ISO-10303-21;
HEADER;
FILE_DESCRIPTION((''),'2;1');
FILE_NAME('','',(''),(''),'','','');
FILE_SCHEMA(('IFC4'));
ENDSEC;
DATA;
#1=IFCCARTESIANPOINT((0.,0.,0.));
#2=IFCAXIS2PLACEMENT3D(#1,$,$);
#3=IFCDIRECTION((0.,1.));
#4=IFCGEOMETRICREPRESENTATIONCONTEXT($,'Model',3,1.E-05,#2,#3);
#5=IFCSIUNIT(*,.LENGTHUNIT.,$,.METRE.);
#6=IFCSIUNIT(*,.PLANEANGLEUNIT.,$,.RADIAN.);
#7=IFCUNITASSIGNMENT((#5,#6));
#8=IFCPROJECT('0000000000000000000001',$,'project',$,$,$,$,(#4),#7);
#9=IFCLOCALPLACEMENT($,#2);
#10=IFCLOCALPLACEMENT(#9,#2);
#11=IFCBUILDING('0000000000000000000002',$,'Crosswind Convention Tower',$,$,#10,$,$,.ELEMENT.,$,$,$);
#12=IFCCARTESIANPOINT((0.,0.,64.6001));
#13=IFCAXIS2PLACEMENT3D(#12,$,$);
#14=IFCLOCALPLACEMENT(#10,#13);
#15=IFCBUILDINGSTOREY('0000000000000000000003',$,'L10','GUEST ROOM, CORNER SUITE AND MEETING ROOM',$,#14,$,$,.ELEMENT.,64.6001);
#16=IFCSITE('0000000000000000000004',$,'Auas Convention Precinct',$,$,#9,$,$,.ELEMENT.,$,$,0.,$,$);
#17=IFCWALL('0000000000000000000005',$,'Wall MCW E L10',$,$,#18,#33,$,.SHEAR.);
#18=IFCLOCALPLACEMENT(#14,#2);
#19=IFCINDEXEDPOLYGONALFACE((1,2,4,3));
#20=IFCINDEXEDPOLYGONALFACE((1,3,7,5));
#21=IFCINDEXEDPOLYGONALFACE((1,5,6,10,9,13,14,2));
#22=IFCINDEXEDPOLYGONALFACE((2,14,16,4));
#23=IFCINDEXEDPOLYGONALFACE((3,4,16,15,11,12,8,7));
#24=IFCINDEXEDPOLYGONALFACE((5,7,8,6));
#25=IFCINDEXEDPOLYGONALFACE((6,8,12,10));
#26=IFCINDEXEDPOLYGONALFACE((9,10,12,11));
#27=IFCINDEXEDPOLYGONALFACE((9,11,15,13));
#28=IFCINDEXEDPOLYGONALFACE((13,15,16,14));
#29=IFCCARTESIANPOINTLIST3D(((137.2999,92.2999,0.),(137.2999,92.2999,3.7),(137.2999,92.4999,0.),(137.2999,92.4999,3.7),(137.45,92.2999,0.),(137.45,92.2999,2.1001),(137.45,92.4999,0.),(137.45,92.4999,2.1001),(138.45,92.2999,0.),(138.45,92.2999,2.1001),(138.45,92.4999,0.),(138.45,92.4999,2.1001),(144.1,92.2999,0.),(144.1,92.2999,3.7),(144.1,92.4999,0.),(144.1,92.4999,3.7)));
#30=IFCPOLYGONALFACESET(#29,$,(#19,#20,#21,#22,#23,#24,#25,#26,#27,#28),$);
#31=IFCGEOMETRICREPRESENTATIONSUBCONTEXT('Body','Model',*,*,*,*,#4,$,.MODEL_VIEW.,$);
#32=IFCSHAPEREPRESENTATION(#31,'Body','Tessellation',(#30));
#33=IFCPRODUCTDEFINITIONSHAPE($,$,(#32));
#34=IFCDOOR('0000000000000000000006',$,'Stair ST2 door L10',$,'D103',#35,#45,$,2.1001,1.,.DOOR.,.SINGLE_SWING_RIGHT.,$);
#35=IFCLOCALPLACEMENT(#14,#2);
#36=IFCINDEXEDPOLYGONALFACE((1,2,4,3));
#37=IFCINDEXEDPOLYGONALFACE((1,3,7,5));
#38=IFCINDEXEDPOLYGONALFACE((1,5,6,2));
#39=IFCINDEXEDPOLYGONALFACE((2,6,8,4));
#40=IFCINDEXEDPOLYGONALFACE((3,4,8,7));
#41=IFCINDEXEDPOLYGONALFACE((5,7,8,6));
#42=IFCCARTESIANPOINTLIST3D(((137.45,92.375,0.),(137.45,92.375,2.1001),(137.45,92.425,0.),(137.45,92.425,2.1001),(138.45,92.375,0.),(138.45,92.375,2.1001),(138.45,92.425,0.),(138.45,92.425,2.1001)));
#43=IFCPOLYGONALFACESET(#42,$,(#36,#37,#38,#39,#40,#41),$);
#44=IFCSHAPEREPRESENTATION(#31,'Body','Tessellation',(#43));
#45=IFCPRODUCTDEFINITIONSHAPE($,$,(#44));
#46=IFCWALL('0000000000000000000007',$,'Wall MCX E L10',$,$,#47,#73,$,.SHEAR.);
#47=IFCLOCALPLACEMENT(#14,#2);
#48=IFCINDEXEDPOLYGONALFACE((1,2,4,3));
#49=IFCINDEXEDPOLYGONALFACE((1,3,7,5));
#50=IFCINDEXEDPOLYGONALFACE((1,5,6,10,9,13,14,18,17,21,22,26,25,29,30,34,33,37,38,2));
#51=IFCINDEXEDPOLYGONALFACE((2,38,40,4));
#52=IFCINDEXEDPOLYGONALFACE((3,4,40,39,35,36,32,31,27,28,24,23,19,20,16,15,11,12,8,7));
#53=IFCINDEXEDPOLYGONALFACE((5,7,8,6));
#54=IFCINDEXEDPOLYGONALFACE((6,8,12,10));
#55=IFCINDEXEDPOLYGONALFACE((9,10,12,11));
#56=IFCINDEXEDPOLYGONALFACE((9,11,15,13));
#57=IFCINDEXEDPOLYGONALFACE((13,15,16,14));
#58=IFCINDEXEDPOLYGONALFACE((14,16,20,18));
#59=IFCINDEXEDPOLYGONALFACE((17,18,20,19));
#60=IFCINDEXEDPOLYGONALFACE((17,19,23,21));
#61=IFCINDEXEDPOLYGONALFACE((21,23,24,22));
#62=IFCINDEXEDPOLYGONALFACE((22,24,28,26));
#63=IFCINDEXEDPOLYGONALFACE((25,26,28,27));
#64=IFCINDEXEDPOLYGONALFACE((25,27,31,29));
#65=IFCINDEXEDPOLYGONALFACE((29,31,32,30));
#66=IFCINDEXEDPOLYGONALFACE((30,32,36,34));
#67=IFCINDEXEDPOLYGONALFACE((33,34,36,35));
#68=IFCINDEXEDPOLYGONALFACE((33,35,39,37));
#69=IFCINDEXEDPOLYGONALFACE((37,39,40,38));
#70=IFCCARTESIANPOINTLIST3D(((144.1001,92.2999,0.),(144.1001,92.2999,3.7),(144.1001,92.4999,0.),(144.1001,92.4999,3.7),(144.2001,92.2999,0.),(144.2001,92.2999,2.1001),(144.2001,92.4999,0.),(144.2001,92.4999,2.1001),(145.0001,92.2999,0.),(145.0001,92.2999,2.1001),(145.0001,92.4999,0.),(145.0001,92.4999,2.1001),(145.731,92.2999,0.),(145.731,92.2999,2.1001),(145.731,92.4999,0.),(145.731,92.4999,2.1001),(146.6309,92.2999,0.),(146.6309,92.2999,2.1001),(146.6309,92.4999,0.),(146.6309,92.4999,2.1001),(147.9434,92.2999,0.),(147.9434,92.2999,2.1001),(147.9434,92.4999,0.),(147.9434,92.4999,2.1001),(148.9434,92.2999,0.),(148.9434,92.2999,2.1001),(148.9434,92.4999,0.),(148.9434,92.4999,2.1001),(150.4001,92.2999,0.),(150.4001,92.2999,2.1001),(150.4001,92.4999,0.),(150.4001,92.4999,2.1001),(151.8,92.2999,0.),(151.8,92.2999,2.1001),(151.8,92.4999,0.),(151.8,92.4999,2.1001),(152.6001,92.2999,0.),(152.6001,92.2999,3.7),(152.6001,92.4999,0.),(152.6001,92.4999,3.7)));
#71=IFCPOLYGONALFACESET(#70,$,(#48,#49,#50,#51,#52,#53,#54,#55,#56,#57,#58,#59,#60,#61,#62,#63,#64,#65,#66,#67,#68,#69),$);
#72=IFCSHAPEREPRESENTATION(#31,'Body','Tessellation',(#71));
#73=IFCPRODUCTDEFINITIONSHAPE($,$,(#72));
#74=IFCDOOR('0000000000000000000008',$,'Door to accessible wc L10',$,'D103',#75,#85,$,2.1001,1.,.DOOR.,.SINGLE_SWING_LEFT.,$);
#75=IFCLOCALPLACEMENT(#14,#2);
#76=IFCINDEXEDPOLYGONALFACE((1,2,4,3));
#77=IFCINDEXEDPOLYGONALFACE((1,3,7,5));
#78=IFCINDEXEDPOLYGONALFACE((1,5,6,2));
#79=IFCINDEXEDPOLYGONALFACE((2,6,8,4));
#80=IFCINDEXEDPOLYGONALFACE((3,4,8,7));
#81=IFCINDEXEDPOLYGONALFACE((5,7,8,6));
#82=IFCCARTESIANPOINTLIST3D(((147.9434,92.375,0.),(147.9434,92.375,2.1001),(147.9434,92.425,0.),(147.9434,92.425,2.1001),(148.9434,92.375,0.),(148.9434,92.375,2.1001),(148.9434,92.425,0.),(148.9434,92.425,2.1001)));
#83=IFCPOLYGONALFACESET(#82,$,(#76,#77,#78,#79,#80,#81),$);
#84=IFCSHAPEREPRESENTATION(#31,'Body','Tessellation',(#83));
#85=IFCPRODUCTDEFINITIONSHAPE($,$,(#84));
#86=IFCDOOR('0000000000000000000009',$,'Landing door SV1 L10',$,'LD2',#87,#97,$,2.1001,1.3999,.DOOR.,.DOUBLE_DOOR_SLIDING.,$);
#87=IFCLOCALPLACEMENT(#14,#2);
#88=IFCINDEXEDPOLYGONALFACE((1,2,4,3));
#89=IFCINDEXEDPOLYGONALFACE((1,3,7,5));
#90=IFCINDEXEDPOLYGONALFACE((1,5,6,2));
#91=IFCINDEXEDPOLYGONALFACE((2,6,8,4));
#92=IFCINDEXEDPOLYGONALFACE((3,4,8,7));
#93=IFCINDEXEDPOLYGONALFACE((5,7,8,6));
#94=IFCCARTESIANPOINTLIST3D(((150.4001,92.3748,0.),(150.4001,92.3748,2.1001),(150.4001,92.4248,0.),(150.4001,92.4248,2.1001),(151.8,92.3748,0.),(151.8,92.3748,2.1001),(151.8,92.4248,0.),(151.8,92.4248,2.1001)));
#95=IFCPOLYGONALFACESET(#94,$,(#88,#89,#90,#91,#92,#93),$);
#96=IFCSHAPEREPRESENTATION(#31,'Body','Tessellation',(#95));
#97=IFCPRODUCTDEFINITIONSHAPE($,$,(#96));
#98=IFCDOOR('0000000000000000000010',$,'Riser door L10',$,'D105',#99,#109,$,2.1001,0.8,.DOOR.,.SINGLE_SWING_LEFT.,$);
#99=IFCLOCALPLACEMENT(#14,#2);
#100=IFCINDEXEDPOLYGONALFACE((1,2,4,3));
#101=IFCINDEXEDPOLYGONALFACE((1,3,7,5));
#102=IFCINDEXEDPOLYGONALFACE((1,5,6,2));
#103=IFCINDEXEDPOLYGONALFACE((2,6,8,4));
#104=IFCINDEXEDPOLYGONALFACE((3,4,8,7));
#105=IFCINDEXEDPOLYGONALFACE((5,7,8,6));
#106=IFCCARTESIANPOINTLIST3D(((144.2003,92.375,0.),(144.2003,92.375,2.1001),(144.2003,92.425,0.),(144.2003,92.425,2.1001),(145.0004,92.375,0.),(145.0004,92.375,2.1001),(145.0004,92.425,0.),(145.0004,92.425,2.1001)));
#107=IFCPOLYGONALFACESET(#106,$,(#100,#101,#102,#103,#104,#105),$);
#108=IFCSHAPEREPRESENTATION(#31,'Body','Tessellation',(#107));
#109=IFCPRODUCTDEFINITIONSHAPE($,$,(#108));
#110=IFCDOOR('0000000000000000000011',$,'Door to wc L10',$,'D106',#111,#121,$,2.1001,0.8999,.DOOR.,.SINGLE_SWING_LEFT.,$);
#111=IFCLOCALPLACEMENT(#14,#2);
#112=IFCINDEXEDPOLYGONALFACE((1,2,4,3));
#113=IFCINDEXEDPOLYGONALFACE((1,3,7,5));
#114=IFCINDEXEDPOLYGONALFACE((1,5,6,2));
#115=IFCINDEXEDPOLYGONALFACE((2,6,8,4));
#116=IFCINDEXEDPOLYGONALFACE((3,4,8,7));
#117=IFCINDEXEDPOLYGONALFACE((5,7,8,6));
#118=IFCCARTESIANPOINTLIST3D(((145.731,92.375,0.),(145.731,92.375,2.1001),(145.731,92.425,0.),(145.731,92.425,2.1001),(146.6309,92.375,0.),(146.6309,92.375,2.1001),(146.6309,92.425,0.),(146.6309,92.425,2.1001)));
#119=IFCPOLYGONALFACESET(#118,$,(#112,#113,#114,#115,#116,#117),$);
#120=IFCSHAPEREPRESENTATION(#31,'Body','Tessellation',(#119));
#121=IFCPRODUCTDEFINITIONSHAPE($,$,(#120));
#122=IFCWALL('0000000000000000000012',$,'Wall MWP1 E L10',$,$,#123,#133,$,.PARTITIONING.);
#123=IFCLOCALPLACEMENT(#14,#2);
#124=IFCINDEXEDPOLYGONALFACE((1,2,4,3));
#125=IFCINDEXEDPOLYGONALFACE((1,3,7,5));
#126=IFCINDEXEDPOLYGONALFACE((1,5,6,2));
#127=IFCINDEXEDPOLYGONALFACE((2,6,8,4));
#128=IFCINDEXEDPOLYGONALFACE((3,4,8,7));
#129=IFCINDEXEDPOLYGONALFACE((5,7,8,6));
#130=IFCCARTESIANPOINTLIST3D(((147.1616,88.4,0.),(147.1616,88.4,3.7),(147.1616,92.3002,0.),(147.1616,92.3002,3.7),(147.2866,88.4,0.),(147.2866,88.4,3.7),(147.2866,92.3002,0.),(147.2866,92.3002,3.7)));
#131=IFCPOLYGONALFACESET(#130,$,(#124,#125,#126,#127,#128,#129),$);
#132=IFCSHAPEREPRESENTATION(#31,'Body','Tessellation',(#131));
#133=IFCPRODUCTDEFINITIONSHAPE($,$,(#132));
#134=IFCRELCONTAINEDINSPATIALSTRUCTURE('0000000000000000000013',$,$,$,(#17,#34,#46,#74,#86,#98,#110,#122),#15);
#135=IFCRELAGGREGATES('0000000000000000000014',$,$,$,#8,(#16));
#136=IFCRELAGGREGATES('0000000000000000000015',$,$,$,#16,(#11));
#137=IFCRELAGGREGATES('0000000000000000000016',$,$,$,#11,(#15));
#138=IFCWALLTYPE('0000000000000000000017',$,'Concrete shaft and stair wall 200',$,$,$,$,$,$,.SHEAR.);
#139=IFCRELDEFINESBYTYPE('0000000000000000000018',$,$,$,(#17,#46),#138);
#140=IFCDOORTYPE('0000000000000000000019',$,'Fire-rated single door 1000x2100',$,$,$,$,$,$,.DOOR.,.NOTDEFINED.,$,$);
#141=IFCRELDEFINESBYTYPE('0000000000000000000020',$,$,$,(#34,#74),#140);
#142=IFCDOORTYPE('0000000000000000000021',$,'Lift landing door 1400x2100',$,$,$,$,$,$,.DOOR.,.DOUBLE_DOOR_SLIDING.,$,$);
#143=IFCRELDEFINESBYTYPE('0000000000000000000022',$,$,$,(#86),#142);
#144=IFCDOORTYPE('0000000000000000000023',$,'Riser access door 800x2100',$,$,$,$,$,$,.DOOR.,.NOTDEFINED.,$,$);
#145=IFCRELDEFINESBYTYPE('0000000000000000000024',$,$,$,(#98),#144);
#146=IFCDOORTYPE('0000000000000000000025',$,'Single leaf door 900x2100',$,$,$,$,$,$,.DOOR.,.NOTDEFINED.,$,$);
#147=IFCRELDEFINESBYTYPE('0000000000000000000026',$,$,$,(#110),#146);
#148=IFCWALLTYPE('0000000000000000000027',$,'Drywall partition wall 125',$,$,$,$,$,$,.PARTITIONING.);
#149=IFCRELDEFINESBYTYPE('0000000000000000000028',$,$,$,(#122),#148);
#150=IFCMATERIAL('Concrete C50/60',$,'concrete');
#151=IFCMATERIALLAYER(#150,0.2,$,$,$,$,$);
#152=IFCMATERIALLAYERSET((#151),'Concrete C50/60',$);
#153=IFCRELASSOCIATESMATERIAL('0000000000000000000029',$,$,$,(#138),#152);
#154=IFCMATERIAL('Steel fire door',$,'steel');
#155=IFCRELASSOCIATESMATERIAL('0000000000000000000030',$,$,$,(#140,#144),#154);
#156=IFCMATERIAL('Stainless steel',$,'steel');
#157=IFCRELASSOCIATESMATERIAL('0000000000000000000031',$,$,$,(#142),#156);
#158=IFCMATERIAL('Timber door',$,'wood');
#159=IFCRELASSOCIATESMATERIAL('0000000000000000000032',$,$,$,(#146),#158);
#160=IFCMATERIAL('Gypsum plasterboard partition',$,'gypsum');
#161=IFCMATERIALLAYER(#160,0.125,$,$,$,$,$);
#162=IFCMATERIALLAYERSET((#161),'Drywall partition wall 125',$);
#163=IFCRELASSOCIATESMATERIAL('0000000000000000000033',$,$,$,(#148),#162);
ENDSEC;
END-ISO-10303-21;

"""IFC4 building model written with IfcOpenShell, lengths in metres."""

from ifc_helpers import new_model, si_unit, direction, frame, frame_2d, origin, place, context, subcontext, project, spatial, rectangle, extrude, material, layer, layer_set, type_object, element, fill, save


model = new_model("IFC4")

# Units and contexts
model_context = context("Model", 3, precision=1e-05, world=origin(), true_north=direction((0.0, 1.0)))
body_context = subcontext(model_context, "Body", "Model", "MODEL_VIEW")
ifc_project = project(units=[si_unit("LENGTHUNIT", "METRE"), si_unit("PLANEANGLEUNIT", "RADIAN")], contexts=[model_context])

# Site, building, storey
site_placement = place(None, origin())
site = spatial("IfcSite", under=ifc_project, at=site_placement, Name="Auas Convention Precinct", CompositionType="ELEMENT", RefElevation=0.0)
building_placement = place(site_placement, origin())
building = spatial("IfcBuilding", under=site, at=building_placement, Name="Crosswind Convention Tower", CompositionType="ELEMENT")
storey_placement = place(building_placement, frame((0.0, 0.0, 64.6001)))
storey = spatial("IfcBuildingStorey", under=building, at=storey_placement, Name="L10", Description="GUEST ROOM, CORNER SUITE AND MEETING ROOM", CompositionType="ELEMENT", Elevation=64.6001)

# Shared definitions
ifc_material_1 = material(Name="Concrete C50/60", Category="concrete")

# Shared definitions
ifc_layer_1 = layer(ifc_material_1, 0.2)
ifc_layer_set_1 = layer_set([ifc_layer_1], Name="Concrete C50/60")
wall_type_1 = type_object("IfcWallType", Name="Concrete shaft and stair wall 200", PredefinedType="SHEAR", material=ifc_layer_set_1)

# Shared definitions
ifc_material_2 = material(Name="Steel fire door", Category="steel")

# Wall, opening, door
wall_1_placement = place(storey_placement, frame((137.3, 92.3999, 0.0), z_axis=(0.0, 0.0, 1.0), x_axis=(1.0, 0.0, 0.0)))
wall_1 = element("IfcWall", 1, at=wall_1_placement, inside=storey, type_object=wall_type_1, Name="Wall MCW E L10", PredefinedType="SHEAR", context=body_context, shape_type="SweptSolid", body=[
    extrude(rectangle(XDim=6.8, YDim=0.2, at=frame_2d((3.3999, 0.0))), origin(), (0.0, 0.0, 1.0), 3.7),
])
opening_1_placement = place(wall_1_placement, frame((0.1499, 0.0, 0.0)))
opening_1 = element("IfcOpeningElement", 2, at=opening_1_placement, cuts=wall_1, PredefinedType="OPENING", context=body_context, shape_type="SweptSolid", body=[
    extrude(rectangle(XDim=1.0, YDim=2.1001, at=frame_2d((0.5, 1.05))), frame((0.0, 0.1099, 0.0), z_axis=(0.0, -1.0, 0.0), x_axis=(1.0, 0.0, 0.0)), (0.0, 0.0, 1.0), 0.22),
])
door_type_1 = type_object("IfcDoorType", Name="Fire-rated single door 1000x2100", OperationType="NOTDEFINED", PredefinedType="DOOR", material=ifc_material_2)
door_1_placement = place(opening_1_placement, frame((1.0, 0.0, 0.0), z_axis=(0.0, 0.0, 1.0), x_axis=(-1.0, 0.0, 0.0)))
door_1 = element("IfcDoor", 3, at=door_1_placement, inside=storey, type_object=door_type_1, Name="Stair ST2 door L10", ObjectType="D103", OperationType="SINGLE_SWING_RIGHT", OverallHeight=2.1001, OverallWidth=1.0, PredefinedType="DOOR", context=body_context, shape_type="SweptSolid", body=[
    extrude(rectangle(XDim=1.0, YDim=2.1001, at=frame_2d((0.5, 1.05))), frame((0.0, 0.0249, 0.0), z_axis=(0.0, -1.0, 0.0), x_axis=(1.0, 0.0, 0.0)), (0.0, 0.0, 1.0), 0.05),
])
fill(opening_1, door_1)

# Wall, openings, doors
wall_2_placement = place(storey_placement, frame((144.1001, 92.3999, 0.0), z_axis=(0.0, 0.0, 1.0), x_axis=(1.0, 0.0, 0.0)))
wall_2 = element("IfcWall", 4, at=wall_2_placement, inside=storey, type_object=wall_type_1, Name="Wall MCX E L10", PredefinedType="SHEAR", context=body_context, shape_type="SweptSolid", body=[
    extrude(rectangle(XDim=8.5, YDim=0.2, at=frame_2d((4.25, 0.0))), origin(), (0.0, 0.0, 1.0), 3.7),
])
opening_2_placement = place(wall_2_placement, frame((0.1001, 0.0, 0.0)))
opening_2 = element("IfcOpeningElement", 5, at=opening_2_placement, cuts=wall_2, PredefinedType="OPENING", context=body_context, shape_type="SweptSolid", body=[
    extrude(rectangle(XDim=0.8, YDim=2.1001, at=frame_2d((0.3999, 1.05))), frame((0.0, 0.1099, 0.0), z_axis=(0.0, -1.0, 0.0), x_axis=(1.0, 0.0, 0.0)), (0.0, 0.0, 1.0), 0.22),
])
opening_3_placement = place(wall_2_placement, frame((1.6309, 0.0, 0.0)))
opening_3 = element("IfcOpeningElement", 6, at=opening_3_placement, cuts=wall_2, PredefinedType="OPENING", context=body_context, shape_type="SweptSolid", body=[
    extrude(rectangle(XDim=0.8999, YDim=2.1001, at=frame_2d((0.45, 1.05))), frame((0.0, 0.1099, 0.0), z_axis=(0.0, -1.0, 0.0), x_axis=(1.0, 0.0, 0.0)), (0.0, 0.0, 1.0), 0.22),
])
opening_4_placement = place(wall_2_placement, frame((3.8433, 0.0, 0.0)))
opening_4 = element("IfcOpeningElement", 7, at=opening_4_placement, cuts=wall_2, PredefinedType="OPENING", context=body_context, shape_type="SweptSolid", body=[
    extrude(rectangle(XDim=1.0, YDim=2.1001, at=frame_2d((0.5, 1.05))), frame((0.0, 0.1099, 0.0), z_axis=(0.0, -1.0, 0.0), x_axis=(1.0, 0.0, 0.0)), (0.0, 0.0, 1.0), 0.22),
])
opening_5_placement = place(wall_2_placement, frame((6.3, 0.0, 0.0)))
opening_5 = element("IfcOpeningElement", 8, at=opening_5_placement, cuts=wall_2, PredefinedType="OPENING", context=body_context, shape_type="SweptSolid", body=[
    extrude(rectangle(XDim=1.3999, YDim=2.1001, at=frame_2d((0.7, 1.05))), frame((0.0, 0.1099, 0.0), z_axis=(0.0, -1.0, 0.0), x_axis=(1.0, 0.0, 0.0)), (0.0, 0.0, 1.0), 0.22),
])
door_2_placement = place(opening_4_placement, frame((1.0, 0.0, 0.0), z_axis=(0.0, 0.0, 1.0), x_axis=(-1.0, 0.0, 0.0)))
door_2 = element("IfcDoor", 9, at=door_2_placement, inside=storey, type_object=door_type_1, Name="Door to accessible wc L10", ObjectType="D103", OperationType="SINGLE_SWING_LEFT", OverallHeight=2.1001, OverallWidth=1.0, PredefinedType="DOOR", context=body_context, shape_type="SweptSolid", body=[
    extrude(rectangle(XDim=1.0, YDim=2.1001, at=frame_2d((0.5, 1.05))), frame((0.0, 0.0249, 0.0), z_axis=(0.0, -1.0, 0.0), x_axis=(1.0, 0.0, 0.0)), (0.0, 0.0, 1.0), 0.05),
])
fill(opening_4, door_2)
ifc_material_3 = material(Name="Stainless steel", Category="steel")
door_type_2 = type_object("IfcDoorType", Name="Lift landing door 1400x2100", OperationType="DOUBLE_DOOR_SLIDING", PredefinedType="DOOR", material=ifc_material_3)
door_3_placement = place(opening_5_placement, origin())
door_3 = element("IfcDoor", 10, at=door_3_placement, inside=storey, type_object=door_type_2, Name="Landing door SV1 L10", ObjectType="LD2", OperationType="DOUBLE_DOOR_SLIDING", OverallHeight=2.1001, OverallWidth=1.3999, PredefinedType="DOOR", context=body_context, shape_type="SweptSolid", body=[
    extrude(rectangle(XDim=1.3999, YDim=2.1001, at=frame_2d((0.7, 1.05))), frame((0.0, 0.0249, 0.0), z_axis=(0.0, -1.0, 0.0), x_axis=(1.0, 0.0, 0.0)), (0.0, 0.0, 1.0), 0.05),
])
fill(opening_5, door_3)
door_type_3 = type_object("IfcDoorType", Name="Riser access door 800x2100", OperationType="NOTDEFINED", PredefinedType="DOOR", material=ifc_material_2)
door_4_placement = place(opening_2_placement, frame((0.8, 0.0, 0.0), z_axis=(0.0, 0.0, 1.0), x_axis=(-1.0, 0.0, 0.0)))
door_4 = element("IfcDoor", 11, at=door_4_placement, inside=storey, type_object=door_type_3, Name="Riser door L10", ObjectType="D105", OperationType="SINGLE_SWING_LEFT", OverallHeight=2.1001, OverallWidth=0.8, PredefinedType="DOOR", context=body_context, shape_type="SweptSolid", body=[
    extrude(rectangle(XDim=0.8, YDim=2.1001, at=frame_2d((0.3999, 1.05))), frame((0.0, 0.0249, 0.0), z_axis=(0.0, -1.0, 0.0), x_axis=(1.0, 0.0, 0.0)), (0.0, 0.0, 1.0), 0.05),
])
fill(opening_2, door_4)
ifc_material_4 = material(Name="Timber door", Category="wood")
door_type_4 = type_object("IfcDoorType", Name="Single leaf door 900x2100", OperationType="NOTDEFINED", PredefinedType="DOOR", material=ifc_material_4)
door_5_placement = place(opening_3_placement, frame((0.8999, 0.0, 0.0), z_axis=(0.0, 0.0, 1.0), x_axis=(-1.0, 0.0, 0.0)))
door_5 = element("IfcDoor", 12, at=door_5_placement, inside=storey, type_object=door_type_4, Name="Door to wc L10", ObjectType="D106", OperationType="SINGLE_SWING_LEFT", OverallHeight=2.1001, OverallWidth=0.8999, PredefinedType="DOOR", context=body_context, shape_type="SweptSolid", body=[
    extrude(rectangle(XDim=0.8999, YDim=2.1001, at=frame_2d((0.45, 1.05))), frame((0.0, 0.0249, 0.0), z_axis=(0.0, -1.0, 0.0), x_axis=(1.0, 0.0, 0.0)), (0.0, 0.0, 1.0), 0.05),
])
fill(opening_3, door_5)

# Wall
ifc_material_5 = material(Name="Gypsum plasterboard partition", Category="gypsum")
ifc_layer_2 = layer(ifc_material_5, 0.125)
ifc_layer_set_2 = layer_set([ifc_layer_2], Name="Drywall partition wall 125")
wall_type_2 = type_object("IfcWallType", Name="Drywall partition wall 125", PredefinedType="PARTITIONING", material=ifc_layer_set_2)
wall_3_placement = place(storey_placement, frame((147.2241, 88.3999, 0.0), z_axis=(0.0, 0.0, 1.0), x_axis=(0.0, 1.0, 0.0)))
element("IfcWall", 13, at=wall_3_placement, inside=storey, type_object=wall_type_2, Name="Wall MWP1 E L10", PredefinedType="PARTITIONING", context=body_context, shape_type="SweptSolid", body=[
    extrude(rectangle(XDim=3.9001, YDim=0.125, at=frame_2d((1.9502, 0.0))), origin(), (0.0, 0.0, 1.0), 3.7),
])

save(model, "model.ifc")
